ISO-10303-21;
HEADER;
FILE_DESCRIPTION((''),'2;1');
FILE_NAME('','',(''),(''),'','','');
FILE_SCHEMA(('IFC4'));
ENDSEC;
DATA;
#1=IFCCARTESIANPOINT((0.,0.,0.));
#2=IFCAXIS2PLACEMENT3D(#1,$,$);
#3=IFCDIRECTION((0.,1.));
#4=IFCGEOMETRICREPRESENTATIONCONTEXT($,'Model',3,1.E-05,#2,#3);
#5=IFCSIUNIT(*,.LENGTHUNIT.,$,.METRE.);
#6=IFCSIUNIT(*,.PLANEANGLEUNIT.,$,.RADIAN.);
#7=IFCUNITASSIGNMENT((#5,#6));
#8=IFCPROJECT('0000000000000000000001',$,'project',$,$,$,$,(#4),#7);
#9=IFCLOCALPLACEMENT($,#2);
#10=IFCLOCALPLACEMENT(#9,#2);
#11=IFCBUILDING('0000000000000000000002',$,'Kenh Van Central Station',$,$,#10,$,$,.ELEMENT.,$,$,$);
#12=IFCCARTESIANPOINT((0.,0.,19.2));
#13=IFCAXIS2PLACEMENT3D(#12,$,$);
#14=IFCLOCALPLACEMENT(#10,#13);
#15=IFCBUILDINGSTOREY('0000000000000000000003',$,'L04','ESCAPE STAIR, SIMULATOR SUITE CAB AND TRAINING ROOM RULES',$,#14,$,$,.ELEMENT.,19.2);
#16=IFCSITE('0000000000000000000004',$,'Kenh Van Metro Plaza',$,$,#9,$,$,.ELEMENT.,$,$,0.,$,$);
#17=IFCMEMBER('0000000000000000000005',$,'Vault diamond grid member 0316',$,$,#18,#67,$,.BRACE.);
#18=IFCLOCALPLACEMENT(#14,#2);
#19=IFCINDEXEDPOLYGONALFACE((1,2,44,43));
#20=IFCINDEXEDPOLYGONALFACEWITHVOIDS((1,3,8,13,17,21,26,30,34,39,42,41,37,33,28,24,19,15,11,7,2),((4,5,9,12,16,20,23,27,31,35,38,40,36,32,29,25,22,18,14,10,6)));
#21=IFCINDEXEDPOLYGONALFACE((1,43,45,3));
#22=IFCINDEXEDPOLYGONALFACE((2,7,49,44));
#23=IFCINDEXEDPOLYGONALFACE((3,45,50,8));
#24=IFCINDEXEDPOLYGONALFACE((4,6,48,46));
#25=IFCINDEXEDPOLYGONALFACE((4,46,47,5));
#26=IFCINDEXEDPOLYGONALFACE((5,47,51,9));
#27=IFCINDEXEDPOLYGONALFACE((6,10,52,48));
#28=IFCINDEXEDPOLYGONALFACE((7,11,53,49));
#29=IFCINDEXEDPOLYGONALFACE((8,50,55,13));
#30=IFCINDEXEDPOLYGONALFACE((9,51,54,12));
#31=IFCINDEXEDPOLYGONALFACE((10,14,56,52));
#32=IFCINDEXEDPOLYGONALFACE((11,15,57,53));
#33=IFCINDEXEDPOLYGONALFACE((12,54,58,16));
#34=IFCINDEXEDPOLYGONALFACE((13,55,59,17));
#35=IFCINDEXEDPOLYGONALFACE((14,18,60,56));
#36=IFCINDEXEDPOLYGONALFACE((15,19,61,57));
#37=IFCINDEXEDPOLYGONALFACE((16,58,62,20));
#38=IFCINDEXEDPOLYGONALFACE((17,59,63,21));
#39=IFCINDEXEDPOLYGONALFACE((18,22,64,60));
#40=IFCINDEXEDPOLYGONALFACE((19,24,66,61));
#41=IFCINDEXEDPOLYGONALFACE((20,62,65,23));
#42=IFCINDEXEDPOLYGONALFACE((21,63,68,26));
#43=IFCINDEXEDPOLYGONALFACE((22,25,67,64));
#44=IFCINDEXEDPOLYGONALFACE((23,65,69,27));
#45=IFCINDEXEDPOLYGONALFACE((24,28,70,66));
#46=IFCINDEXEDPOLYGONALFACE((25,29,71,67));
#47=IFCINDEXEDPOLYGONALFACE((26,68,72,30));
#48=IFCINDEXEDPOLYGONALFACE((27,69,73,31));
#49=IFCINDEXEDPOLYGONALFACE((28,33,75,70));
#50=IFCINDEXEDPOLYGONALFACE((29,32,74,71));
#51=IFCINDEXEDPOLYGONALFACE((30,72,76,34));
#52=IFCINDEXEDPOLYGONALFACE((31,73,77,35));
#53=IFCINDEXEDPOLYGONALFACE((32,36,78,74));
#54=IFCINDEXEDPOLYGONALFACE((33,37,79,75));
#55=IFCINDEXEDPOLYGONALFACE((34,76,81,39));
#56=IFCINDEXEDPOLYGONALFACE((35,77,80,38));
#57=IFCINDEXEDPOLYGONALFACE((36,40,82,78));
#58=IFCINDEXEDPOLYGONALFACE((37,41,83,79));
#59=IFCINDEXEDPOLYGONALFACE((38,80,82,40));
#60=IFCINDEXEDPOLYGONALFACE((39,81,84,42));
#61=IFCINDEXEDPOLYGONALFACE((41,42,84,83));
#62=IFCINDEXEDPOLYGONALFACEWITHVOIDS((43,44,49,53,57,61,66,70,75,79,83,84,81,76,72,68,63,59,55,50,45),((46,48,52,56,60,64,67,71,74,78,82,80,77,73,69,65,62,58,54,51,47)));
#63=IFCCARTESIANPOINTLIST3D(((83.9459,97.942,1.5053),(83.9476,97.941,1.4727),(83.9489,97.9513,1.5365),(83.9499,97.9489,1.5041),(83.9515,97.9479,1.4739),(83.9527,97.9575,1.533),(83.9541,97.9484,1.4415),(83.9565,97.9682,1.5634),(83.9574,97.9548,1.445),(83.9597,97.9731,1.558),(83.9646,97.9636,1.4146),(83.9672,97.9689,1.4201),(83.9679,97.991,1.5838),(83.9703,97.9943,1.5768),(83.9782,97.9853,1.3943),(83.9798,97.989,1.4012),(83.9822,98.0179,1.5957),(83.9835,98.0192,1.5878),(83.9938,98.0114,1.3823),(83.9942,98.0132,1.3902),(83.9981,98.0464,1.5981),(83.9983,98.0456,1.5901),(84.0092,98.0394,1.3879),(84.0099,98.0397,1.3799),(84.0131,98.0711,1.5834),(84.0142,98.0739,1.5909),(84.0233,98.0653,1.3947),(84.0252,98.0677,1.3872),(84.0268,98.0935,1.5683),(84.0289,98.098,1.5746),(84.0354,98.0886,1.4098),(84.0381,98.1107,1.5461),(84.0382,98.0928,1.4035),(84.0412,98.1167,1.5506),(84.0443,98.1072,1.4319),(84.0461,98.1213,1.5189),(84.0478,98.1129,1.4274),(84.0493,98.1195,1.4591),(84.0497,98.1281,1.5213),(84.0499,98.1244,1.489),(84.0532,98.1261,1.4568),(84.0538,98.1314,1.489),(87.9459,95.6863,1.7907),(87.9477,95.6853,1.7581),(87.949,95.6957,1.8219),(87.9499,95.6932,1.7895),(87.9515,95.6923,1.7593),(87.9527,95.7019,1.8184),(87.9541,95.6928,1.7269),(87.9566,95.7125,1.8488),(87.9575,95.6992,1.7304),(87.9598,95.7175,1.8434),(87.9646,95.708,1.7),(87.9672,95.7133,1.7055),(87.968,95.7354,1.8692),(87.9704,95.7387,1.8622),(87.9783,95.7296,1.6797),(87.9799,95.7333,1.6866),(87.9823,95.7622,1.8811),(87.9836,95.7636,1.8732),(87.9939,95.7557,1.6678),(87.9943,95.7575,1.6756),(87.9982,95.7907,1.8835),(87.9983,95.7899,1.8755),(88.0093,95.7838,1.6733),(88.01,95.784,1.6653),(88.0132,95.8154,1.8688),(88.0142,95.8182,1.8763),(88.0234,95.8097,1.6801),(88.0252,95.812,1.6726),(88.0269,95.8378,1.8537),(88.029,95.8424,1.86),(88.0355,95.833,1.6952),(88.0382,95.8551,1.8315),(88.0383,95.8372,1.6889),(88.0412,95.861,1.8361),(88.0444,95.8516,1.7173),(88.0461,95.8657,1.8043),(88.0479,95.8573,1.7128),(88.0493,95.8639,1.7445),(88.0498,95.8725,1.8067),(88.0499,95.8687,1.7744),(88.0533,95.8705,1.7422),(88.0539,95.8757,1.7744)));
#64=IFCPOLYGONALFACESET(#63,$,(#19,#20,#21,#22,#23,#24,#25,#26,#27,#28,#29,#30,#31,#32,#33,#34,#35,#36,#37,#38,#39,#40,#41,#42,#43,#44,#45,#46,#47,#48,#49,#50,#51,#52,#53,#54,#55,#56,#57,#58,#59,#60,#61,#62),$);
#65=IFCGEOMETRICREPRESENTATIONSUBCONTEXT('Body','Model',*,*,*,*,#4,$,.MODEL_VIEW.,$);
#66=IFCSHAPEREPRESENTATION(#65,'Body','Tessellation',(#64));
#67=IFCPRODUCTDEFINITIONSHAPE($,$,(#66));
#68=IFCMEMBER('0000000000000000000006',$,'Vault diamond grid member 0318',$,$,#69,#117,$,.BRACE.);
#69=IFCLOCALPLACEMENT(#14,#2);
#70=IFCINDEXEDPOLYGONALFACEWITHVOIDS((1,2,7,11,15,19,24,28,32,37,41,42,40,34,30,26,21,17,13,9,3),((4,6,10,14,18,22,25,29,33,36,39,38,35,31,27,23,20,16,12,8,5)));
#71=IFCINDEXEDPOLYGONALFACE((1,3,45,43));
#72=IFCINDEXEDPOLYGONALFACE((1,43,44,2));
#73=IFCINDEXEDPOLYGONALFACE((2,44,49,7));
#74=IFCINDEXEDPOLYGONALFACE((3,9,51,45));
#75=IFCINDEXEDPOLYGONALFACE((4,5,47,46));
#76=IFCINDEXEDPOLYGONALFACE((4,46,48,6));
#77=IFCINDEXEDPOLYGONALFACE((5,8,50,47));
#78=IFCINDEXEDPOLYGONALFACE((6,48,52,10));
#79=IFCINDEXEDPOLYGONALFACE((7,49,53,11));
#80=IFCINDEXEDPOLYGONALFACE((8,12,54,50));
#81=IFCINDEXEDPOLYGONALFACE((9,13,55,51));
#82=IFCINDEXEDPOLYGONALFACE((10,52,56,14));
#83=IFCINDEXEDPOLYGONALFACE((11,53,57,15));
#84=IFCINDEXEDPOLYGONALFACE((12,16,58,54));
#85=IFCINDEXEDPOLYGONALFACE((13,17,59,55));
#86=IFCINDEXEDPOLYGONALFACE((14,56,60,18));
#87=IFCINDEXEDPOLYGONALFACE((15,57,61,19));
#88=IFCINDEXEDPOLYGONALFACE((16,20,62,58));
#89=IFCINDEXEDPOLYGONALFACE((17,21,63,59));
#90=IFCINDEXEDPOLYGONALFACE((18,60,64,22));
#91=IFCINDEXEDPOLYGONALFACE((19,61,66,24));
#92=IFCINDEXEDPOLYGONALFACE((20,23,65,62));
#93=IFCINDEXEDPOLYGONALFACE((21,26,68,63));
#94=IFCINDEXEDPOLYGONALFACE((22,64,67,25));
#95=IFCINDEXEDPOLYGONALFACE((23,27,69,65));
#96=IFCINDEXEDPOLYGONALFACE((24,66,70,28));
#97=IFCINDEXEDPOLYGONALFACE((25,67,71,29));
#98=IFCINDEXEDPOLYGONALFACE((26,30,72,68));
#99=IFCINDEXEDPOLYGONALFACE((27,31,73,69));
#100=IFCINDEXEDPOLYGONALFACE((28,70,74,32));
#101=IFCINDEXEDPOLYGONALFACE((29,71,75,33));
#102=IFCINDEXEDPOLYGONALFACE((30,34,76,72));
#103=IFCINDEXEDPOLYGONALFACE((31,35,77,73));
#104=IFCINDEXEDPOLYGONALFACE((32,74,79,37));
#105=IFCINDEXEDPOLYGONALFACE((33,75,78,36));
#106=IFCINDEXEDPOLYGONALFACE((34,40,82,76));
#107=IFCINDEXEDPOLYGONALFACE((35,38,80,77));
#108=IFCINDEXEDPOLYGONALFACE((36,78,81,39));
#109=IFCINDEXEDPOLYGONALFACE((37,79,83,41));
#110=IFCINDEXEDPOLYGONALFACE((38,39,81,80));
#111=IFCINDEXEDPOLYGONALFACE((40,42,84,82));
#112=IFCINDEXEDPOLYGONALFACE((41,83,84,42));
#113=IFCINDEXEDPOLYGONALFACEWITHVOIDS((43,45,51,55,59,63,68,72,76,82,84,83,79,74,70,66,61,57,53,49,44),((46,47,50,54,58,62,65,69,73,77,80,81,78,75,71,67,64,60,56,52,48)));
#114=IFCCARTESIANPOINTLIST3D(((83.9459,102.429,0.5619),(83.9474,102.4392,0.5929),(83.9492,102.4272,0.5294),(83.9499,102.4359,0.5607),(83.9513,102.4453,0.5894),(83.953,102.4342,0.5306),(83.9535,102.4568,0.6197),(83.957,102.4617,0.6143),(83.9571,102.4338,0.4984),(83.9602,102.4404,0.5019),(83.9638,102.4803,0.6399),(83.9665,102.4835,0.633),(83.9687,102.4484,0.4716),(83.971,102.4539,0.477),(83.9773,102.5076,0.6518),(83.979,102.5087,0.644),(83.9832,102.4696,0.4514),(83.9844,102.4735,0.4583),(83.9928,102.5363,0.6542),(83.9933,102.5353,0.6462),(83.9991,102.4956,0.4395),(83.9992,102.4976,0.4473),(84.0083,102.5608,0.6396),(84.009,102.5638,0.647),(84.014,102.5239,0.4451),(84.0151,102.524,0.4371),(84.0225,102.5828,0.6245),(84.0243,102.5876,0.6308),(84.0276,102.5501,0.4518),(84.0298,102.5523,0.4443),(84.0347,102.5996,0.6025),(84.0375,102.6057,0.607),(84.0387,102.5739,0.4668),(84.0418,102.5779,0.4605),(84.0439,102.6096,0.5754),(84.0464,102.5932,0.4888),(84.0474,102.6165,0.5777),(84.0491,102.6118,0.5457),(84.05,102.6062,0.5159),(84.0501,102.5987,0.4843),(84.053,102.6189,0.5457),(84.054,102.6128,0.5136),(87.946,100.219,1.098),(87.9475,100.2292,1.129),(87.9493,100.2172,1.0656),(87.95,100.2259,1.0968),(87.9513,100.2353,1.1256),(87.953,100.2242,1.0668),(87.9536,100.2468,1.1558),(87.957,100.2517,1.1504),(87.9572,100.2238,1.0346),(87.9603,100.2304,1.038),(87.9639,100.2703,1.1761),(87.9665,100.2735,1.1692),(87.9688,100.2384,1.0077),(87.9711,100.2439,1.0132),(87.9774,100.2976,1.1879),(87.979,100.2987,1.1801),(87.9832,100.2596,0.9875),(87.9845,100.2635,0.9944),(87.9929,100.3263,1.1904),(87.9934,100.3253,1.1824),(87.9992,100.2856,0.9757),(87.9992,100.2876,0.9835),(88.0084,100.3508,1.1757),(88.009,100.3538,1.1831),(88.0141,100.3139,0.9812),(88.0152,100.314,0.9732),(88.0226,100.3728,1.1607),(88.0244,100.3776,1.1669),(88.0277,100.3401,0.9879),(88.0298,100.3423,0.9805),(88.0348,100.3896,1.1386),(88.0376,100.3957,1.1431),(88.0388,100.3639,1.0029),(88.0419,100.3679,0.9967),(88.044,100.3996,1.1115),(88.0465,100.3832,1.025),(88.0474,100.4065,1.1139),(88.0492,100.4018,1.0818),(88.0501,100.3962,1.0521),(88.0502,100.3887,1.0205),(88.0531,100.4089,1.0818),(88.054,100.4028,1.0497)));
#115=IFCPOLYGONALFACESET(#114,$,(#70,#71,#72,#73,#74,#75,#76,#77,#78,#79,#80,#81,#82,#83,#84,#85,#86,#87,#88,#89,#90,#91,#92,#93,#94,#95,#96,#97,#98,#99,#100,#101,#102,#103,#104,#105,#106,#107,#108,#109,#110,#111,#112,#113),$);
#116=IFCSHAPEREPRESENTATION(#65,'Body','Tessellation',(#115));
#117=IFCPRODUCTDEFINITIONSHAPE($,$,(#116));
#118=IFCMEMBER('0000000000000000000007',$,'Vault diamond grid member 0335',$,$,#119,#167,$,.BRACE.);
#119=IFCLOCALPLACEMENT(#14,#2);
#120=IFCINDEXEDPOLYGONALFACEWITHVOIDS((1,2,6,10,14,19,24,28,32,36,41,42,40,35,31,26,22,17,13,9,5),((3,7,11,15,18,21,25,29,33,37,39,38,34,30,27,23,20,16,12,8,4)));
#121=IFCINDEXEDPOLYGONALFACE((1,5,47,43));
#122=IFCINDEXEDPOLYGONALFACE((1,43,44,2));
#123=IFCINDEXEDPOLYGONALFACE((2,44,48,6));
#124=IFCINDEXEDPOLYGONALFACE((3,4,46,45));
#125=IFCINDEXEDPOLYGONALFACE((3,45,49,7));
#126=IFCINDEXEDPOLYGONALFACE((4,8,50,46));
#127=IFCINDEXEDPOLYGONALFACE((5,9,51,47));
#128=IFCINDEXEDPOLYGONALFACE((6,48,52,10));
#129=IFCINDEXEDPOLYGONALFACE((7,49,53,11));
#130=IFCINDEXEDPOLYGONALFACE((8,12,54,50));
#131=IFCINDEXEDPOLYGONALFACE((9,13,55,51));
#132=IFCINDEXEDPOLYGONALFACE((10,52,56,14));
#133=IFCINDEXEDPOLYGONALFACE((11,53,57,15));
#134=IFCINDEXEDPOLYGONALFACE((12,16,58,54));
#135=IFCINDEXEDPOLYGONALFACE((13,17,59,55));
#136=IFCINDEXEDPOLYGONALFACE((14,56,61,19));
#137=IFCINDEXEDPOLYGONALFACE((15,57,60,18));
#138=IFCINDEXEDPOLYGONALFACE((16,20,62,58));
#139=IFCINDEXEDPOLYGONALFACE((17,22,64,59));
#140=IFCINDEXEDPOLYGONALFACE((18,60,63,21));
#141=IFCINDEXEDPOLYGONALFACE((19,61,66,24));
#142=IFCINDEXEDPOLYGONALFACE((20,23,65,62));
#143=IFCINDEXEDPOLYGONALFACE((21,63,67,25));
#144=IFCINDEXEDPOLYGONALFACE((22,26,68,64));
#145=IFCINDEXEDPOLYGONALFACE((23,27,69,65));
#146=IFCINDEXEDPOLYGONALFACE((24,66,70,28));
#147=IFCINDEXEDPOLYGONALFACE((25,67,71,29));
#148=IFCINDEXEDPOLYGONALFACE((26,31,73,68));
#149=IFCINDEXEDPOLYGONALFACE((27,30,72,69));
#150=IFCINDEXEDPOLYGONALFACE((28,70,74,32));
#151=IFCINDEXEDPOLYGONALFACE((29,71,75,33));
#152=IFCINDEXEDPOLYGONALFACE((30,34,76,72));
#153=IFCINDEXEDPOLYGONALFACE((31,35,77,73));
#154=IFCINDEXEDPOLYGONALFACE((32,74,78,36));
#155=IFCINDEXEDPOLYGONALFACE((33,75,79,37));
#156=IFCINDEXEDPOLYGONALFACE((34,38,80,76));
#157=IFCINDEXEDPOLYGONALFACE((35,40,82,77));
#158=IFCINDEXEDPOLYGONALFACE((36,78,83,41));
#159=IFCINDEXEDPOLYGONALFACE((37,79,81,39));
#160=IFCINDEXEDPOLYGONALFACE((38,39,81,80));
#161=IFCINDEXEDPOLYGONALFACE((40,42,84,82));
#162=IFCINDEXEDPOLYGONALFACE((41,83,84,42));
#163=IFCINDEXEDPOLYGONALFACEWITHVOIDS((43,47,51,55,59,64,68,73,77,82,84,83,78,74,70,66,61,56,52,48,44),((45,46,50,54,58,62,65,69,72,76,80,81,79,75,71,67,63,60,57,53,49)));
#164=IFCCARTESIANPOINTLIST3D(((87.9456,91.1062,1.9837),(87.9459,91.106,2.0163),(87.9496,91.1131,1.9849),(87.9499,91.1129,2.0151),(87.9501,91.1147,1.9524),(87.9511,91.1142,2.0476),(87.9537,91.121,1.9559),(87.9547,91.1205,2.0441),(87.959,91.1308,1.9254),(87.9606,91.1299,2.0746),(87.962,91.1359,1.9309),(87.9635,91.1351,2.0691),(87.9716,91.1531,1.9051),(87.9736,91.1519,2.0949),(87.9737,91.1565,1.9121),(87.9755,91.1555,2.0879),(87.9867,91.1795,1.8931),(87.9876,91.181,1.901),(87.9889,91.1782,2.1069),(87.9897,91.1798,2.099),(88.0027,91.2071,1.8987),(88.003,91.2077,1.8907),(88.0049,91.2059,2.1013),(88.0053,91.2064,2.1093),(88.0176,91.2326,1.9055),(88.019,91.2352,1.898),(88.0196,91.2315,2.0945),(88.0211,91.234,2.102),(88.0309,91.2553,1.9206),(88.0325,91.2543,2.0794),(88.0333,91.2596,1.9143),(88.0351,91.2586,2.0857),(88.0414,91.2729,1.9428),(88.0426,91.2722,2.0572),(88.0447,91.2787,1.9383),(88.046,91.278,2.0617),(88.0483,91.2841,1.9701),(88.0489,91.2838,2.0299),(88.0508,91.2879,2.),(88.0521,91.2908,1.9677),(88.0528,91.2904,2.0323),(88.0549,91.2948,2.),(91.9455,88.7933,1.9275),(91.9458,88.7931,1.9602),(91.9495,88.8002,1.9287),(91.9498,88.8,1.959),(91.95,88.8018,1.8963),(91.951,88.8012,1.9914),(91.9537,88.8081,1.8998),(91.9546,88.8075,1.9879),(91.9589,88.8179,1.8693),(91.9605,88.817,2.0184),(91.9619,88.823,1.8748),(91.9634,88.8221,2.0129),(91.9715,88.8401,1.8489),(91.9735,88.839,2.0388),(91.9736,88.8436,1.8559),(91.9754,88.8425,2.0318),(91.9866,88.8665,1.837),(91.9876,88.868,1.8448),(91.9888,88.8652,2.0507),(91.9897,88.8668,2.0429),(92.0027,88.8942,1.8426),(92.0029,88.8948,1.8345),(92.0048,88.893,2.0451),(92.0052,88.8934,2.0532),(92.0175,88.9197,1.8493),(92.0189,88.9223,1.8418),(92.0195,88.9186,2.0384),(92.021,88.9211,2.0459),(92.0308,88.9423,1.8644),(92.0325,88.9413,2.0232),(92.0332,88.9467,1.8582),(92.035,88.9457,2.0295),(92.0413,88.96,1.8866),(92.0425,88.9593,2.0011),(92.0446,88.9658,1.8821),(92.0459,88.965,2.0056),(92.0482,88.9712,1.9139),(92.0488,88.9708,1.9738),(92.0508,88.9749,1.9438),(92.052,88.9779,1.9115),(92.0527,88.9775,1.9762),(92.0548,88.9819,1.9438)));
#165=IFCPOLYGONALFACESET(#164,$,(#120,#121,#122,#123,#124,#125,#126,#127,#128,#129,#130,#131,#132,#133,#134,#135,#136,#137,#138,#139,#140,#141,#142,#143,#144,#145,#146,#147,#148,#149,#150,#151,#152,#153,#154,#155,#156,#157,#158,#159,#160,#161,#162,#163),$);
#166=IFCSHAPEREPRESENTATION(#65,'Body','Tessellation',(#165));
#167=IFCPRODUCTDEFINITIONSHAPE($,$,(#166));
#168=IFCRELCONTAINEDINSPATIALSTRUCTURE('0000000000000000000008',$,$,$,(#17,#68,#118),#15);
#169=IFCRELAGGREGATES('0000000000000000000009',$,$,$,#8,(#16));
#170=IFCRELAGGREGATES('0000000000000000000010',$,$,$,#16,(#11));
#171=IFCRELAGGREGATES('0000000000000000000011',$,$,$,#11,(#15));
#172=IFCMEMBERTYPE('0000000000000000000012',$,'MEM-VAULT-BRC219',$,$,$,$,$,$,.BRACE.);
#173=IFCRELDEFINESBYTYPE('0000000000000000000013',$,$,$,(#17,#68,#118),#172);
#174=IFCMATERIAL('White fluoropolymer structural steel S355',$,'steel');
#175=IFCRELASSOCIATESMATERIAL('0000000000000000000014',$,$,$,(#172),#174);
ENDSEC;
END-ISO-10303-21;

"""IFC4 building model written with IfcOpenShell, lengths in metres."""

from ifc_helpers import new_model, si_unit, direction, frame, origin, origin_2d, place, context, subcontext, project, spatial, hollow_circle, extrude, material, material_profile, profile_set, type_object, element, save


model = new_model("IFC4")

# Units and contexts
model_context = context("Model", 3, precision=1e-05, world=origin(), true_north=direction((0.0, 1.0)))
body_context = subcontext(model_context, "Body", "Model", "MODEL_VIEW")
ifc_project = project(units=[si_unit("LENGTHUNIT", "METRE"), si_unit("PLANEANGLEUNIT", "RADIAN")], contexts=[model_context])

# Site, building, storey
site_placement = place(None, origin())
site = spatial("IfcSite", under=ifc_project, at=site_placement, Name="Kenh Van Metro Plaza", CompositionType="ELEMENT", RefElevation=0.0)
building_placement = place(site_placement, origin())
building = spatial("IfcBuilding", under=site, at=building_placement, Name="Kenh Van Central Station", CompositionType="ELEMENT")
storey_placement = place(building_placement, frame((0.0, 0.0, 19.2)))
storey = spatial("IfcBuildingStorey", under=building, at=storey_placement, Name="L04", Description="ESCAPE STAIR, SIMULATOR SUITE CAB AND TRAINING ROOM RULES", CompositionType="ELEMENT", Elevation=19.2)

# Shared definitions
ifc_material_1 = material(Name="White fluoropolymer structural steel S355", Category="steel")

# Members
ifc_material_profile_1 = material_profile(ifc_material_1, hollow_circle(Radius=0.1096, WallThickness=0.0081, at=origin_2d()), Name="CHS 219.1x8")
ifc_profile_set_1 = profile_set([ifc_material_profile_1], Name="White fluoropolymer structural steel S355")
member_type_1 = type_object("IfcMemberType", Name="MEM-VAULT-BRC219", PredefinedType="BRACE", material=ifc_profile_set_1)
for number, where, z_axis, x_axis, name in (
    (1, (84.0, 98.0359, 1.489), (0.869375, -0.490244, 0.06203), (0.49119, 0.871053, 0.0), "Vault diamond grid member 0316"),
):
    element("IfcMember", number, at=place(storey_placement, frame(where, z_axis=z_axis, x_axis=x_axis)), inside=storey, type_object=member_type_1, Name=name, PredefinedType="BRACE", context=body_context, shape_type="SweptSolid", body=[
        extrude(hollow_circle(Radius=0.1096, WallThickness=0.0081, at=origin_2d()), origin(), (0.0, 0.0, 1.0), 4.6011),
    ])
member_1_placement = place(storey_placement, frame((84.0, 102.5229, 0.5457), z_axis=(0.869332, -0.480297, 0.116519), x_axis=(0.483591, 0.875294, 0.0)))
element("IfcMember", 2, at=member_1_placement, inside=storey, type_object=member_type_1, Name="Vault diamond grid member 0318", PredefinedType="BRACE", context=body_context, shape_type="SweptSolid", body=[
    extrude(hollow_circle(Radius=0.1096, WallThickness=0.0081, at=origin_2d()), origin(), (0.0, 0.0, 1.0), 4.6013),
])
for number, where, z_axis, x_axis, name in (
    (3, (88.0, 91.2, 2.0), (0.865625, -0.500545, -0.012152), (0.500582, 0.865689, 0.0), "Vault diamond grid member 0335"),
):
    element("IfcMember", number, at=place(storey_placement, frame(where, z_axis=z_axis, x_axis=x_axis)), inside=storey, type_object=member_type_1, Name=name, PredefinedType="BRACE", context=body_context, shape_type="SweptSolid", body=[
        extrude(hollow_circle(Radius=0.1096, WallThickness=0.0081, at=origin_2d()), origin(), (0.0, 0.0, 1.0), 4.6208),
    ])

save(model, "model.ifc")
